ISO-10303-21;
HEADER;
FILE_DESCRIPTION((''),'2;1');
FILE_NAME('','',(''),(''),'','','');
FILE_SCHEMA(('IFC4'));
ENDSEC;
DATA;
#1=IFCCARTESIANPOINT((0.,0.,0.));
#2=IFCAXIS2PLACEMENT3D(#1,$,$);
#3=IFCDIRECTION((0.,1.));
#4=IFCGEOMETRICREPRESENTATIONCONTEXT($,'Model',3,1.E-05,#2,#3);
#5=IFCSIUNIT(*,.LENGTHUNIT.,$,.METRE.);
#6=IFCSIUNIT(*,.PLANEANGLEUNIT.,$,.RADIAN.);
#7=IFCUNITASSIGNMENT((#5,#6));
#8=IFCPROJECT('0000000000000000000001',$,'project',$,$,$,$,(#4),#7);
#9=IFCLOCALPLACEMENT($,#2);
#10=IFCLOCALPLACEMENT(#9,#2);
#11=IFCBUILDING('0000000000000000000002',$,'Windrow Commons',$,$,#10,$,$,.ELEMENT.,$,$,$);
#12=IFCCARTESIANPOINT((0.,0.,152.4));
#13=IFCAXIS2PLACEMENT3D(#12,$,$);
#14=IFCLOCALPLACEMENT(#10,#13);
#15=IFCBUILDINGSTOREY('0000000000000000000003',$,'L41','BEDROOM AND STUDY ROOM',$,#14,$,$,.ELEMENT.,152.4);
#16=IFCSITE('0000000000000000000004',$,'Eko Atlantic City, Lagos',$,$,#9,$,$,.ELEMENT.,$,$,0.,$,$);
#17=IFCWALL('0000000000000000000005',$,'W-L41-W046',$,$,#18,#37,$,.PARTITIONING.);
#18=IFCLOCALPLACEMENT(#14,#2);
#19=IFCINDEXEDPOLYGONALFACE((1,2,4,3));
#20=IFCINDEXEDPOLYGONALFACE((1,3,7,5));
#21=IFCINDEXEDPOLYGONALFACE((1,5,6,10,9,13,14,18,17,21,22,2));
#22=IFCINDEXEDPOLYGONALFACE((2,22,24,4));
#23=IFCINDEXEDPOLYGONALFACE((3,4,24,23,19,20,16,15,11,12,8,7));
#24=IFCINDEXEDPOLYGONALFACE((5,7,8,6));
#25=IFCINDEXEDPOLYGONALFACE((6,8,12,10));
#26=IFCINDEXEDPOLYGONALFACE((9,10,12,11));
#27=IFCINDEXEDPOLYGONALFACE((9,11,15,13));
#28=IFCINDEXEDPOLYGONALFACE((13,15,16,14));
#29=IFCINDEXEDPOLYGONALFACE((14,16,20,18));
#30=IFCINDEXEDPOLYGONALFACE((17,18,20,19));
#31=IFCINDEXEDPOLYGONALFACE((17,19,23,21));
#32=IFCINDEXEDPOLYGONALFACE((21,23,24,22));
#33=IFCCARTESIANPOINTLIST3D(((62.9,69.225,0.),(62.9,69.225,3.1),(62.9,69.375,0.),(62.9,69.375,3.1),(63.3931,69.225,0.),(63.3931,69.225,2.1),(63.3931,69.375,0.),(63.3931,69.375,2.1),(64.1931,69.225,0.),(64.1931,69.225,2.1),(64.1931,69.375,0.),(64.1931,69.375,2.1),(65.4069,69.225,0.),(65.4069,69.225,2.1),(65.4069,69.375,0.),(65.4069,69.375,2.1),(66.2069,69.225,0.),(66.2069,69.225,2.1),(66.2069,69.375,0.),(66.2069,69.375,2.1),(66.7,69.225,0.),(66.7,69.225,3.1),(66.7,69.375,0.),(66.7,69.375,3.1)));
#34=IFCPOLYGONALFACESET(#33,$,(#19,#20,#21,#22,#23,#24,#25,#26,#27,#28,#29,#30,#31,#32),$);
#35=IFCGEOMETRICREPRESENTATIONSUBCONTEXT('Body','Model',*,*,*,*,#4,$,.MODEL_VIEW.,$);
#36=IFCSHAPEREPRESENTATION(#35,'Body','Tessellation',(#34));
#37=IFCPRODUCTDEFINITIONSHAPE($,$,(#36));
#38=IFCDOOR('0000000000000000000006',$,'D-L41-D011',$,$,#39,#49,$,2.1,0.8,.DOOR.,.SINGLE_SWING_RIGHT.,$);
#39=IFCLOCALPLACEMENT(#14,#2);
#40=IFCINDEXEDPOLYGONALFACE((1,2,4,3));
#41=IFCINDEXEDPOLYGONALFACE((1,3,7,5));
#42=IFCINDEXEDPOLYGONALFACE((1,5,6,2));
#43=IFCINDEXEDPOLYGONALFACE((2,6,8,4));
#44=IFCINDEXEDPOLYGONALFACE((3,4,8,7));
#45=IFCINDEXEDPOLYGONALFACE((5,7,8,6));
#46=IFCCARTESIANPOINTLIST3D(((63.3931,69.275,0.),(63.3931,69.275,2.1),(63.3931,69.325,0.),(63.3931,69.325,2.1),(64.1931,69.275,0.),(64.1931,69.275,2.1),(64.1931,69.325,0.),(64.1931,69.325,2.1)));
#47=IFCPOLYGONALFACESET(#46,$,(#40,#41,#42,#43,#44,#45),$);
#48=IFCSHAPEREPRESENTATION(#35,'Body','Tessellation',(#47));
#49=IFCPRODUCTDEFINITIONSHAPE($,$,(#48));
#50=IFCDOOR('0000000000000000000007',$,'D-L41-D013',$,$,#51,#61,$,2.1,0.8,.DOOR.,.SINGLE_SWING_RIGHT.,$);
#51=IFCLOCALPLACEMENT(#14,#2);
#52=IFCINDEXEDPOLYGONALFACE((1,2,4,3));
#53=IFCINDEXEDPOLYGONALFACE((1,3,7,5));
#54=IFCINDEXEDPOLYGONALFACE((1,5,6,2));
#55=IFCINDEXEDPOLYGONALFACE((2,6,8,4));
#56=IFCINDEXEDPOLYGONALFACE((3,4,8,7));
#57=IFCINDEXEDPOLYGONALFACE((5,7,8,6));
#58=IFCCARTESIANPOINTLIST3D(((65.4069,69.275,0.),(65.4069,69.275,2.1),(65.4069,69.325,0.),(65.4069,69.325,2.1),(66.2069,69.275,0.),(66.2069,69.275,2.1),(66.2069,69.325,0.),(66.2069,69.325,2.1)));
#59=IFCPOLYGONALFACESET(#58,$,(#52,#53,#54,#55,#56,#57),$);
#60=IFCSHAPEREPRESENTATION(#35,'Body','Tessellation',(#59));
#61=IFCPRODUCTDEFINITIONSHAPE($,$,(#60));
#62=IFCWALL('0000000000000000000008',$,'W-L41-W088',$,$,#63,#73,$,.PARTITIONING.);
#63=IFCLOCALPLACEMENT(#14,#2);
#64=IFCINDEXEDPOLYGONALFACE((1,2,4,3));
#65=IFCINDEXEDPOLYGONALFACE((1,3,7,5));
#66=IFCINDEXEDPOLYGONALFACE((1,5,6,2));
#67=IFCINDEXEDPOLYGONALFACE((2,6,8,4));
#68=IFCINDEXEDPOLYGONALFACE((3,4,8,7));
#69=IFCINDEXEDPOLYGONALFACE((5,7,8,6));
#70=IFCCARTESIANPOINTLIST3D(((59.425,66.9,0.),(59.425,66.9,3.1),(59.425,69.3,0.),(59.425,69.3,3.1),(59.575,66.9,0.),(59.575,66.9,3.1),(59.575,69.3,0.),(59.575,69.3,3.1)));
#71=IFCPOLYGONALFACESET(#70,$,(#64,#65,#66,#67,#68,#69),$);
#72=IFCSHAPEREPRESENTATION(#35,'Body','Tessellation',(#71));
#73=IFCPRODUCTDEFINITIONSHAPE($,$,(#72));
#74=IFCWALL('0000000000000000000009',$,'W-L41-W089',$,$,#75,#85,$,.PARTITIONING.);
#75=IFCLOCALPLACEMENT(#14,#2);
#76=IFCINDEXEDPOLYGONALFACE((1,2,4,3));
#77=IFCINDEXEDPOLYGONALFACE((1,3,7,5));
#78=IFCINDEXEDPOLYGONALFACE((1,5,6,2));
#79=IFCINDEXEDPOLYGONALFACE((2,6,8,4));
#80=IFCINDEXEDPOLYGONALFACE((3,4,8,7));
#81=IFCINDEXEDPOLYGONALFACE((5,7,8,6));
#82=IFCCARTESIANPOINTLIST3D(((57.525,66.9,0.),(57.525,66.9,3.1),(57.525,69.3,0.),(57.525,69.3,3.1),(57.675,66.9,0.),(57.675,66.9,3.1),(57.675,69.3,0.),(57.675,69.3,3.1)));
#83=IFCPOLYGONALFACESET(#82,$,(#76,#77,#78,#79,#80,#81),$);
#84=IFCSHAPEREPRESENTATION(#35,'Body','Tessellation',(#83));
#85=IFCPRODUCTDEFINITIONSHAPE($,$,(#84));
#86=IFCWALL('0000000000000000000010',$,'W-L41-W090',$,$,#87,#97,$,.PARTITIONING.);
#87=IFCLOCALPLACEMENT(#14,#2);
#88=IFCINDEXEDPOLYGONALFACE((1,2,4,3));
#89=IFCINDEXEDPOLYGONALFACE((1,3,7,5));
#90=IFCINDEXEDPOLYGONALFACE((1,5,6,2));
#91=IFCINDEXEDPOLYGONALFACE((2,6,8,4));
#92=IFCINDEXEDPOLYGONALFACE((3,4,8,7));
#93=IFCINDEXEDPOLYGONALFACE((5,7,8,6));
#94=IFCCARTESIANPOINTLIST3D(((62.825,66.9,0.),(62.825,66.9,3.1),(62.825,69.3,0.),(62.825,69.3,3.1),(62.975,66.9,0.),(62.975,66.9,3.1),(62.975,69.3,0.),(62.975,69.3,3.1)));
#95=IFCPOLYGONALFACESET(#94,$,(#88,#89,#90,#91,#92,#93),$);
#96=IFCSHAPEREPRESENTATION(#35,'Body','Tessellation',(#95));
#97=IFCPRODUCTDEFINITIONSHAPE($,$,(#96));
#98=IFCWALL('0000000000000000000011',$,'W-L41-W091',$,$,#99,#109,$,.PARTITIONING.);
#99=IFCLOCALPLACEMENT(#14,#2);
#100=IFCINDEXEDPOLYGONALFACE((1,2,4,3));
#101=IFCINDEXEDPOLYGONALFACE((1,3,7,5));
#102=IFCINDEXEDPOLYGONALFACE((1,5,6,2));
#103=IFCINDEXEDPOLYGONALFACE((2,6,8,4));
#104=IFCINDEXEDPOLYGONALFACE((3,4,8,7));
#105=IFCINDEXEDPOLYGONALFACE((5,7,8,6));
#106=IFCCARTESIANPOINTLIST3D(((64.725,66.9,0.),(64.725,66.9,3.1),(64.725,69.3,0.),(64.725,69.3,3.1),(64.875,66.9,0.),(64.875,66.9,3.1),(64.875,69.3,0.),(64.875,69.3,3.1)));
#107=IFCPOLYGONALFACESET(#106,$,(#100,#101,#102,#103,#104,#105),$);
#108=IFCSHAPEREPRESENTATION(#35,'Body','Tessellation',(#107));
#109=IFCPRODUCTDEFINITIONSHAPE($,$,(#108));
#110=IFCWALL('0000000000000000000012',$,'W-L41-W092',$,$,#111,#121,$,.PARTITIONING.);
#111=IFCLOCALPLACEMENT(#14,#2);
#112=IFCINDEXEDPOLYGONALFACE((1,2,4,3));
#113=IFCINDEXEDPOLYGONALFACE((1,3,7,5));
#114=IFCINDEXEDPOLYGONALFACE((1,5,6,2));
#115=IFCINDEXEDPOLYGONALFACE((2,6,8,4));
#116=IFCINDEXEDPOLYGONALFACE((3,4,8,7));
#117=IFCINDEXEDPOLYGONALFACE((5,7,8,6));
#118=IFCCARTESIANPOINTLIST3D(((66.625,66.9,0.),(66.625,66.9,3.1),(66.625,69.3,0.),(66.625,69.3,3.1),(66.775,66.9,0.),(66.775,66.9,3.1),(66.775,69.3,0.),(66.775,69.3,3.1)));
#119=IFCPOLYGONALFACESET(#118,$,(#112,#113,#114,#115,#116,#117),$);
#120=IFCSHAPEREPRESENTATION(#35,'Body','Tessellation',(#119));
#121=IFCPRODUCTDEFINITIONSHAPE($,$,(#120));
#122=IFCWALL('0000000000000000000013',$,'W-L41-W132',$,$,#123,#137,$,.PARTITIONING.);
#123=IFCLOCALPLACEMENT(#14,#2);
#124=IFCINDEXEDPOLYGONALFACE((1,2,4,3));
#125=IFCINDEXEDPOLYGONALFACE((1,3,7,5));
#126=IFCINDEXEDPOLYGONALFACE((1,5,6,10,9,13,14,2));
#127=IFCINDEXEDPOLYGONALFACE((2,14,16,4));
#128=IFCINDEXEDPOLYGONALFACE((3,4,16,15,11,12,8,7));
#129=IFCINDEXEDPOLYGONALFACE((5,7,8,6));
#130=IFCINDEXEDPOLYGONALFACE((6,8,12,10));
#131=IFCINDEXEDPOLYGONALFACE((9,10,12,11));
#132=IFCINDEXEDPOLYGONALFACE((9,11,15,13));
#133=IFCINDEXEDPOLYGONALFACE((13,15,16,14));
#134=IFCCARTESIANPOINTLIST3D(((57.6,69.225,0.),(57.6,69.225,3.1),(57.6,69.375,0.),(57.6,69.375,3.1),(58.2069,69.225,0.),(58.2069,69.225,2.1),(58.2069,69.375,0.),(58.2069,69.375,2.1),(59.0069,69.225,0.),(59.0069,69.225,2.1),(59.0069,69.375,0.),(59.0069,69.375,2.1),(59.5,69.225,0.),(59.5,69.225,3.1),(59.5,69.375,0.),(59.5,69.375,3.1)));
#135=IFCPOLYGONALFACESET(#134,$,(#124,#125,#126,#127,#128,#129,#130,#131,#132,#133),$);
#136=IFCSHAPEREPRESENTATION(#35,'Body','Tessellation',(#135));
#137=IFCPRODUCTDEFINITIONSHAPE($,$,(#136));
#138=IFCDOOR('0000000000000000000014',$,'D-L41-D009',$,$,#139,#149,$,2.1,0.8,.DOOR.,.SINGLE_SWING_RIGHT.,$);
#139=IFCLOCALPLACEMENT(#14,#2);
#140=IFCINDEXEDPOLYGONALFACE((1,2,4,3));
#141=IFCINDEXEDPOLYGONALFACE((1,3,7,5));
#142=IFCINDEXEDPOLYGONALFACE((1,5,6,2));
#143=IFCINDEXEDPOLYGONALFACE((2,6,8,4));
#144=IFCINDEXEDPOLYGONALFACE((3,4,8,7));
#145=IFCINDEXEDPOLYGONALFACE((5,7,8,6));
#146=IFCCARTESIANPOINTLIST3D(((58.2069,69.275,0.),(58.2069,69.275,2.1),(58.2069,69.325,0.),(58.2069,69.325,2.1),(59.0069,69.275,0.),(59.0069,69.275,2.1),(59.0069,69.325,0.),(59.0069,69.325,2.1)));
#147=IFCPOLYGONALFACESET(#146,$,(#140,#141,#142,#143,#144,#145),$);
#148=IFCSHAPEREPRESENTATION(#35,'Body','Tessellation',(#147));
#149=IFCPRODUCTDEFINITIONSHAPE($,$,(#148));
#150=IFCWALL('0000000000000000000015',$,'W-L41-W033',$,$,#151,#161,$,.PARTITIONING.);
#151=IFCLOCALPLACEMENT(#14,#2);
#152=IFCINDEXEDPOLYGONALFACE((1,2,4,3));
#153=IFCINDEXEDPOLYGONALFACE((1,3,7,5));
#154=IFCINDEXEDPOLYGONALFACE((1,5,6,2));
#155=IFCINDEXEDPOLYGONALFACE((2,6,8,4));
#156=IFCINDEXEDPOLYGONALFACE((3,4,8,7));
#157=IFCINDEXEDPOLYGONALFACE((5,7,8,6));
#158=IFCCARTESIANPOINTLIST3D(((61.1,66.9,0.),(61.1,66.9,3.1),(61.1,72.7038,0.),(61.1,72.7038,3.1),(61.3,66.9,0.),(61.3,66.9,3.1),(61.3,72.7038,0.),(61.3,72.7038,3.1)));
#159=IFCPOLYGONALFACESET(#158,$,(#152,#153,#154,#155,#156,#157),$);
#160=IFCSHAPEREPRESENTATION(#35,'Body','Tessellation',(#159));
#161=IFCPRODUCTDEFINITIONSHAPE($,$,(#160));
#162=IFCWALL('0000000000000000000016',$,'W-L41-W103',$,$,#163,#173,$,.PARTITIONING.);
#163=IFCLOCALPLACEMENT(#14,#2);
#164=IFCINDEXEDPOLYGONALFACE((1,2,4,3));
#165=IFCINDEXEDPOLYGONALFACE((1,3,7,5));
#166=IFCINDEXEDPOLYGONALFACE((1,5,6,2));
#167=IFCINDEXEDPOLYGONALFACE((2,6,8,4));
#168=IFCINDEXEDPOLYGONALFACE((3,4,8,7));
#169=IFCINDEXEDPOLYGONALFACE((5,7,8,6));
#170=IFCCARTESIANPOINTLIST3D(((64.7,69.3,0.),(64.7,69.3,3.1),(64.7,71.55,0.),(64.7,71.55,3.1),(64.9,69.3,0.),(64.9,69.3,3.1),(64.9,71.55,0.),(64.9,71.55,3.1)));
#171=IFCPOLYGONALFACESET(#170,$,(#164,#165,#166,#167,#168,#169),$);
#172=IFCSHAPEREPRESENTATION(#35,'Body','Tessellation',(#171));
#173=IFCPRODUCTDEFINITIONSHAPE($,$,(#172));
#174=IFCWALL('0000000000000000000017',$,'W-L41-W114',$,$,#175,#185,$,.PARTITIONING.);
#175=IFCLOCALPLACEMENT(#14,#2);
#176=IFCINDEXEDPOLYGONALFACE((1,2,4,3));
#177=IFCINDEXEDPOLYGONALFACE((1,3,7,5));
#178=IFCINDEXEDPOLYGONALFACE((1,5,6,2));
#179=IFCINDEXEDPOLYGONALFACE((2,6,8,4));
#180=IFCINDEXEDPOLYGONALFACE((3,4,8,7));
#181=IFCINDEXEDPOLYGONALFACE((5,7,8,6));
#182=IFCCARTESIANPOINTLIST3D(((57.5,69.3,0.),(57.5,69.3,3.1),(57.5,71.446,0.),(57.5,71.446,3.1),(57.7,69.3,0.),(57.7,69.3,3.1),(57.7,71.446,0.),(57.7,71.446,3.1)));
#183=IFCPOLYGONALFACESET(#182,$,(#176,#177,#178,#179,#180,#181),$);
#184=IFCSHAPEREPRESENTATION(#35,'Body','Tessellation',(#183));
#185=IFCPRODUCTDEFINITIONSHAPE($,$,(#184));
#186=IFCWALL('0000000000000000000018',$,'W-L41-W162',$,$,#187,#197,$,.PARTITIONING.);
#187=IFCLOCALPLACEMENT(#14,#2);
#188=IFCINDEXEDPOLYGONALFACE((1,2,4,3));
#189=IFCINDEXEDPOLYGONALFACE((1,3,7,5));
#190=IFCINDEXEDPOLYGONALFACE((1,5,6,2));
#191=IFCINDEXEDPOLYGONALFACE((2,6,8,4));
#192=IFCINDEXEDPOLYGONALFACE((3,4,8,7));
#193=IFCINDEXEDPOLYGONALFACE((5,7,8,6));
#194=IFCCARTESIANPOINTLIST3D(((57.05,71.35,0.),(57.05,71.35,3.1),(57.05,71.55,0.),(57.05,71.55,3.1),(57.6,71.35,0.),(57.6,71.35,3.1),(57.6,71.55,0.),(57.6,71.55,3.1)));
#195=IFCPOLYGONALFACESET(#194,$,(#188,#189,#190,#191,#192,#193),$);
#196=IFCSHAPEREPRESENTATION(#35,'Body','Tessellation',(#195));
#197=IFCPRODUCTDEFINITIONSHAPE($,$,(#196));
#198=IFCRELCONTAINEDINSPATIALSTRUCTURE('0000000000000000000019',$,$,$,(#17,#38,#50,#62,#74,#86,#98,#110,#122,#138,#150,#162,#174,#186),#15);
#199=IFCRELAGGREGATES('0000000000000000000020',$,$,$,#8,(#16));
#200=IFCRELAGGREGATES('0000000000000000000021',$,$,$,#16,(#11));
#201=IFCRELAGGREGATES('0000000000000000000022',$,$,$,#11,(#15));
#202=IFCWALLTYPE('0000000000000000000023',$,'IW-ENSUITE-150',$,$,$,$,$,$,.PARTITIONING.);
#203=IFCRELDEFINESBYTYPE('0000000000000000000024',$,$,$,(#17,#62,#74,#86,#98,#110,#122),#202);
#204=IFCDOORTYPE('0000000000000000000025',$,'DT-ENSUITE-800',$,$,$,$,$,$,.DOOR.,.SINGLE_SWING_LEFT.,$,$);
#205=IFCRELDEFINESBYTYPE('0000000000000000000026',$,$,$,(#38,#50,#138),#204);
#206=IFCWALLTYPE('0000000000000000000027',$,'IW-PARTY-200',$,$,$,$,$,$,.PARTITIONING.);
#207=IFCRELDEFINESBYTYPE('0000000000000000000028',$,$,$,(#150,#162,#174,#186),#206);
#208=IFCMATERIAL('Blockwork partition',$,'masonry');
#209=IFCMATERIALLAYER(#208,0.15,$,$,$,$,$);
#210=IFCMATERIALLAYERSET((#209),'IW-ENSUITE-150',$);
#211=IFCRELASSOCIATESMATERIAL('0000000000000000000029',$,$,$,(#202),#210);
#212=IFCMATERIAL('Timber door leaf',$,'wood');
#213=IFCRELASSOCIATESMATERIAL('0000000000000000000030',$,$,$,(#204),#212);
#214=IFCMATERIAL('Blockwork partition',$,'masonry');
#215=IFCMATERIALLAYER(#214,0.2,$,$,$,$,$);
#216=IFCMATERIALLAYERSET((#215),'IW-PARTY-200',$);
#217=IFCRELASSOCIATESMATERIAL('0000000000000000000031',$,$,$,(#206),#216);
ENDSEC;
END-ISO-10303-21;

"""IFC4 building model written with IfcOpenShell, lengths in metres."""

from ifc_helpers import new_model, si_unit, direction, frame, frame_2d, origin, place, context, subcontext, project, spatial, rectangle, extrude, material, layer, layer_set, type_object, element, fill, save


model = new_model("IFC4")

# Units and contexts
model_context = context("Model", 3, precision=1e-05, world=origin(), true_north=direction((0.0, 1.0)))
body_context = subcontext(model_context, "Body", "Model", "MODEL_VIEW")
ifc_project = project(units=[si_unit("LENGTHUNIT", "METRE"), si_unit("PLANEANGLEUNIT", "RADIAN")], contexts=[model_context])

# Site, building, storey
site_placement = place(None, origin())
site = spatial("IfcSite", under=ifc_project, at=site_placement, Name="Eko Atlantic City, Lagos", CompositionType="ELEMENT", RefElevation=0.0)
building_placement = place(site_placement, origin())
building = spatial("IfcBuilding", under=site, at=building_placement, Name="Windrow Commons", CompositionType="ELEMENT")
storey_placement = place(building_placement, frame((0.0, 0.0, 152.4)))
storey = spatial("IfcBuildingStorey", under=building, at=storey_placement, Name="L41", Description="BEDROOM AND STUDY ROOM", CompositionType="ELEMENT", Elevation=152.4)

# Wall, openings, doors
ifc_material_1 = material(Name="Blockwork partition", Category="masonry")
ifc_layer_1 = layer(ifc_material_1, 0.15)
ifc_layer_set_1 = layer_set([ifc_layer_1], Name="IW-ENSUITE-150")
wall_type_1 = type_object("IfcWallType", Name="IW-ENSUITE-150", PredefinedType="PARTITIONING", material=ifc_layer_set_1)
wall_1_placement = place(storey_placement, frame((62.9, 69.3, 0.0), z_axis=(0.0, 0.0, 1.0), x_axis=(1.0, 0.0, 0.0)))
wall_1 = element("IfcWall", 1, at=wall_1_placement, inside=storey, type_object=wall_type_1, Name="W-L41-W046", PredefinedType="PARTITIONING", context=body_context, shape_type="SweptSolid", body=[
    extrude(rectangle(XDim=3.8, YDim=0.15, at=frame_2d((1.9, 0.0))), origin(), (0.0, 0.0, 1.0), 3.1),
])
opening_1_placement = place(wall_1_placement, frame((0.4931, 0.0, 0.0)))
opening_1 = element("IfcOpeningElement", 2, at=opening_1_placement, cuts=wall_1, PredefinedType="OPENING", context=body_context, shape_type="SweptSolid", body=[
    extrude(rectangle(XDim=0.8, YDim=2.1, at=frame_2d((0.4, 1.05))), frame((0.0, 0.085, 0.0), z_axis=(0.0, -1.0, 0.0), x_axis=(1.0, 0.0, 0.0)), (0.0, 0.0, 1.0), 0.17),
])
opening_2_placement = place(wall_1_placement, frame((2.5069, 0.0, 0.0)))
opening_2 = element("IfcOpeningElement", 3, at=opening_2_placement, cuts=wall_1, PredefinedType="OPENING", context=body_context, shape_type="SweptSolid", body=[
    extrude(rectangle(XDim=0.8, YDim=2.1, at=frame_2d((0.4, 1.05))), frame((0.0, 0.085, 0.0), z_axis=(0.0, -1.0, 0.0), x_axis=(1.0, 0.0, 0.0)), (0.0, 0.0, 1.0), 0.17),
])
ifc_material_2 = material(Name="Timber door leaf", Category="wood")
door_type = type_object("IfcDoorType", Name="DT-ENSUITE-800", OperationType="SINGLE_SWING_LEFT", PredefinedType="DOOR", material=ifc_material_2)
door_1_placement = place(opening_1_placement, origin())
door_1 = element("IfcDoor", 4, at=door_1_placement, inside=storey, type_object=door_type, Name="D-L41-D011", OperationType="SINGLE_SWING_RIGHT", OverallHeight=2.1, OverallWidth=0.8, PredefinedType="DOOR", context=body_context, shape_type="SweptSolid", body=[
    extrude(rectangle(XDim=0.8, YDim=2.1, at=frame_2d((0.4, 1.05))), frame((0.0, 0.025, 0.0), z_axis=(0.0, -1.0, 0.0), x_axis=(1.0, 0.0, 0.0)), (0.0, 0.0, 1.0), 0.05),
])
fill(opening_1, door_1)
door_2_placement = place(opening_2_placement, origin())
door_2 = element("IfcDoor", 5, at=door_2_placement, inside=storey, type_object=door_type, Name="D-L41-D013", OperationType="SINGLE_SWING_RIGHT", OverallHeight=2.1, OverallWidth=0.8, PredefinedType="DOOR", context=body_context, shape_type="SweptSolid", body=[
    extrude(rectangle(XDim=0.8, YDim=2.1, at=frame_2d((0.4, 1.05))), frame((0.0, 0.025, 0.0), z_axis=(0.0, -1.0, 0.0), x_axis=(1.0, 0.0, 0.0)), (0.0, 0.0, 1.0), 0.05),
])
fill(opening_2, door_2)

# Walls
for number, where, z_axis, x_axis, name in (
    (6, (59.5, 66.9, 0.0), (0.0, 0.0, 1.0), (0.0, 1.0, 0.0), "W-L41-W088"),
    (7, (57.6, 66.9, 0.0), (0.0, 0.0, 1.0), (0.0, 1.0, 0.0), "W-L41-W089"),
    (8, (62.9, 66.9, 0.0), (0.0, 0.0, 1.0), (0.0, 1.0, 0.0), "W-L41-W090"),
    (9, (64.8, 66.9, 0.0), (0.0, 0.0, 1.0), (0.0, 1.0, 0.0), "W-L41-W091"),
    (10, (66.7, 66.9, 0.0), (0.0, 0.0, 1.0), (0.0, 1.0, 0.0), "W-L41-W092"),
):
    element("IfcWall", number, at=place(storey_placement, frame(where, z_axis=z_axis, x_axis=x_axis)), inside=storey, type_object=wall_type_1, Name=name, PredefinedType="PARTITIONING", context=body_context, shape_type="SweptSolid", body=[
        extrude(rectangle(XDim=2.4, YDim=0.15, at=frame_2d((1.2, 0.0))), origin(), (0.0, 0.0, 1.0), 3.1),
    ])

# Wall, opening, door
wall_2_placement = place(storey_placement, frame((57.6, 69.3, 0.0), z_axis=(0.0, 0.0, 1.0), x_axis=(1.0, 0.0, 0.0)))
wall_2 = element("IfcWall", 11, at=wall_2_placement, inside=storey, type_object=wall_type_1, Name="W-L41-W132", PredefinedType="PARTITIONING", context=body_context, shape_type="SweptSolid", body=[
    extrude(rectangle(XDim=1.9, YDim=0.15, at=frame_2d((0.95, 0.0))), origin(), (0.0, 0.0, 1.0), 3.1),
])
opening_3_placement = place(wall_2_placement, frame((0.6069, 0.0, 0.0)))
opening_3 = element("IfcOpeningElement", 12, at=opening_3_placement, cuts=wall_2, PredefinedType="OPENING", context=body_context, shape_type="SweptSolid", body=[
    extrude(rectangle(XDim=0.8, YDim=2.1, at=frame_2d((0.4, 1.05))), frame((0.0, 0.085, 0.0), z_axis=(0.0, -1.0, 0.0), x_axis=(1.0, 0.0, 0.0)), (0.0, 0.0, 1.0), 0.17),
])
door_3_placement = place(opening_3_placement, origin())
door_3 = element("IfcDoor", 13, at=door_3_placement, inside=storey, type_object=door_type, Name="D-L41-D009", OperationType="SINGLE_SWING_RIGHT", OverallHeight=2.1, OverallWidth=0.8, PredefinedType="DOOR", context=body_context, shape_type="SweptSolid", body=[
    extrude(rectangle(XDim=0.8, YDim=2.1, at=frame_2d((0.4, 1.05))), frame((0.0, 0.025, 0.0), z_axis=(0.0, -1.0, 0.0), x_axis=(1.0, 0.0, 0.0)), (0.0, 0.0, 1.0), 0.05),
])
fill(opening_3, door_3)

# Walls
ifc_material_3 = material(Name="Blockwork partition", Category="masonry")
ifc_layer_2 = layer(ifc_material_3, 0.2)
ifc_layer_set_2 = layer_set([ifc_layer_2], Name="IW-PARTY-200")
wall_type_2 = type_object("IfcWallType", Name="IW-PARTY-200", PredefinedType="PARTITIONING", material=ifc_layer_set_2)
wall_3_placement = place(storey_placement, frame((61.2, 66.9, 0.0), z_axis=(0.0, 0.0, 1.0), x_axis=(0.0, 1.0, 0.0)))
element("IfcWall", 14, at=wall_3_placement, inside=storey, type_object=wall_type_2, Name="W-L41-W033", PredefinedType="PARTITIONING", context=body_context, shape_type="SweptSolid", body=[
    extrude(rectangle(XDim=5.8039, YDim=0.2, at=frame_2d((2.9019, 0.0))), origin(), (0.0, 0.0, 1.0), 3.1),
])
wall_4_placement = place(storey_placement, frame((64.8, 69.3, 0.0), z_axis=(0.0, 0.0, 1.0), x_axis=(0.0, 1.0, 0.0)))
element("IfcWall", 15, at=wall_4_placement, inside=storey, type_object=wall_type_2, Name="W-L41-W103", PredefinedType="PARTITIONING", context=body_context, shape_type="SweptSolid", body=[
    extrude(rectangle(XDim=2.25, YDim=0.2, at=frame_2d((1.125, 0.0))), origin(), (0.0, 0.0, 1.0), 3.1),
])
wall_5_placement = place(storey_placement, frame((57.6, 69.3, 0.0), z_axis=(0.0, 0.0, 1.0), x_axis=(0.0, 1.0, 0.0)))
element("IfcWall", 16, at=wall_5_placement, inside=storey, type_object=wall_type_2, Name="W-L41-W114", PredefinedType="PARTITIONING", context=body_context, shape_type="SweptSolid", body=[
    extrude(rectangle(XDim=2.146, YDim=0.2, at=frame_2d((1.073, 0.0))), origin(), (0.0, 0.0, 1.0), 3.1),
])
wall_6_placement = place(storey_placement, frame((57.05, 71.45, 0.0), z_axis=(0.0, 0.0, 1.0), x_axis=(1.0, 0.0, 0.0)))
element("IfcWall", 17, at=wall_6_placement, inside=storey, type_object=wall_type_2, Name="W-L41-W162", PredefinedType="PARTITIONING", context=body_context, shape_type="SweptSolid", body=[
    extrude(rectangle(XDim=0.55, YDim=0.2, at=frame_2d((0.275, 0.0))), origin(), (0.0, 0.0, 1.0), 3.1),
])

save(model, "model.ifc")
